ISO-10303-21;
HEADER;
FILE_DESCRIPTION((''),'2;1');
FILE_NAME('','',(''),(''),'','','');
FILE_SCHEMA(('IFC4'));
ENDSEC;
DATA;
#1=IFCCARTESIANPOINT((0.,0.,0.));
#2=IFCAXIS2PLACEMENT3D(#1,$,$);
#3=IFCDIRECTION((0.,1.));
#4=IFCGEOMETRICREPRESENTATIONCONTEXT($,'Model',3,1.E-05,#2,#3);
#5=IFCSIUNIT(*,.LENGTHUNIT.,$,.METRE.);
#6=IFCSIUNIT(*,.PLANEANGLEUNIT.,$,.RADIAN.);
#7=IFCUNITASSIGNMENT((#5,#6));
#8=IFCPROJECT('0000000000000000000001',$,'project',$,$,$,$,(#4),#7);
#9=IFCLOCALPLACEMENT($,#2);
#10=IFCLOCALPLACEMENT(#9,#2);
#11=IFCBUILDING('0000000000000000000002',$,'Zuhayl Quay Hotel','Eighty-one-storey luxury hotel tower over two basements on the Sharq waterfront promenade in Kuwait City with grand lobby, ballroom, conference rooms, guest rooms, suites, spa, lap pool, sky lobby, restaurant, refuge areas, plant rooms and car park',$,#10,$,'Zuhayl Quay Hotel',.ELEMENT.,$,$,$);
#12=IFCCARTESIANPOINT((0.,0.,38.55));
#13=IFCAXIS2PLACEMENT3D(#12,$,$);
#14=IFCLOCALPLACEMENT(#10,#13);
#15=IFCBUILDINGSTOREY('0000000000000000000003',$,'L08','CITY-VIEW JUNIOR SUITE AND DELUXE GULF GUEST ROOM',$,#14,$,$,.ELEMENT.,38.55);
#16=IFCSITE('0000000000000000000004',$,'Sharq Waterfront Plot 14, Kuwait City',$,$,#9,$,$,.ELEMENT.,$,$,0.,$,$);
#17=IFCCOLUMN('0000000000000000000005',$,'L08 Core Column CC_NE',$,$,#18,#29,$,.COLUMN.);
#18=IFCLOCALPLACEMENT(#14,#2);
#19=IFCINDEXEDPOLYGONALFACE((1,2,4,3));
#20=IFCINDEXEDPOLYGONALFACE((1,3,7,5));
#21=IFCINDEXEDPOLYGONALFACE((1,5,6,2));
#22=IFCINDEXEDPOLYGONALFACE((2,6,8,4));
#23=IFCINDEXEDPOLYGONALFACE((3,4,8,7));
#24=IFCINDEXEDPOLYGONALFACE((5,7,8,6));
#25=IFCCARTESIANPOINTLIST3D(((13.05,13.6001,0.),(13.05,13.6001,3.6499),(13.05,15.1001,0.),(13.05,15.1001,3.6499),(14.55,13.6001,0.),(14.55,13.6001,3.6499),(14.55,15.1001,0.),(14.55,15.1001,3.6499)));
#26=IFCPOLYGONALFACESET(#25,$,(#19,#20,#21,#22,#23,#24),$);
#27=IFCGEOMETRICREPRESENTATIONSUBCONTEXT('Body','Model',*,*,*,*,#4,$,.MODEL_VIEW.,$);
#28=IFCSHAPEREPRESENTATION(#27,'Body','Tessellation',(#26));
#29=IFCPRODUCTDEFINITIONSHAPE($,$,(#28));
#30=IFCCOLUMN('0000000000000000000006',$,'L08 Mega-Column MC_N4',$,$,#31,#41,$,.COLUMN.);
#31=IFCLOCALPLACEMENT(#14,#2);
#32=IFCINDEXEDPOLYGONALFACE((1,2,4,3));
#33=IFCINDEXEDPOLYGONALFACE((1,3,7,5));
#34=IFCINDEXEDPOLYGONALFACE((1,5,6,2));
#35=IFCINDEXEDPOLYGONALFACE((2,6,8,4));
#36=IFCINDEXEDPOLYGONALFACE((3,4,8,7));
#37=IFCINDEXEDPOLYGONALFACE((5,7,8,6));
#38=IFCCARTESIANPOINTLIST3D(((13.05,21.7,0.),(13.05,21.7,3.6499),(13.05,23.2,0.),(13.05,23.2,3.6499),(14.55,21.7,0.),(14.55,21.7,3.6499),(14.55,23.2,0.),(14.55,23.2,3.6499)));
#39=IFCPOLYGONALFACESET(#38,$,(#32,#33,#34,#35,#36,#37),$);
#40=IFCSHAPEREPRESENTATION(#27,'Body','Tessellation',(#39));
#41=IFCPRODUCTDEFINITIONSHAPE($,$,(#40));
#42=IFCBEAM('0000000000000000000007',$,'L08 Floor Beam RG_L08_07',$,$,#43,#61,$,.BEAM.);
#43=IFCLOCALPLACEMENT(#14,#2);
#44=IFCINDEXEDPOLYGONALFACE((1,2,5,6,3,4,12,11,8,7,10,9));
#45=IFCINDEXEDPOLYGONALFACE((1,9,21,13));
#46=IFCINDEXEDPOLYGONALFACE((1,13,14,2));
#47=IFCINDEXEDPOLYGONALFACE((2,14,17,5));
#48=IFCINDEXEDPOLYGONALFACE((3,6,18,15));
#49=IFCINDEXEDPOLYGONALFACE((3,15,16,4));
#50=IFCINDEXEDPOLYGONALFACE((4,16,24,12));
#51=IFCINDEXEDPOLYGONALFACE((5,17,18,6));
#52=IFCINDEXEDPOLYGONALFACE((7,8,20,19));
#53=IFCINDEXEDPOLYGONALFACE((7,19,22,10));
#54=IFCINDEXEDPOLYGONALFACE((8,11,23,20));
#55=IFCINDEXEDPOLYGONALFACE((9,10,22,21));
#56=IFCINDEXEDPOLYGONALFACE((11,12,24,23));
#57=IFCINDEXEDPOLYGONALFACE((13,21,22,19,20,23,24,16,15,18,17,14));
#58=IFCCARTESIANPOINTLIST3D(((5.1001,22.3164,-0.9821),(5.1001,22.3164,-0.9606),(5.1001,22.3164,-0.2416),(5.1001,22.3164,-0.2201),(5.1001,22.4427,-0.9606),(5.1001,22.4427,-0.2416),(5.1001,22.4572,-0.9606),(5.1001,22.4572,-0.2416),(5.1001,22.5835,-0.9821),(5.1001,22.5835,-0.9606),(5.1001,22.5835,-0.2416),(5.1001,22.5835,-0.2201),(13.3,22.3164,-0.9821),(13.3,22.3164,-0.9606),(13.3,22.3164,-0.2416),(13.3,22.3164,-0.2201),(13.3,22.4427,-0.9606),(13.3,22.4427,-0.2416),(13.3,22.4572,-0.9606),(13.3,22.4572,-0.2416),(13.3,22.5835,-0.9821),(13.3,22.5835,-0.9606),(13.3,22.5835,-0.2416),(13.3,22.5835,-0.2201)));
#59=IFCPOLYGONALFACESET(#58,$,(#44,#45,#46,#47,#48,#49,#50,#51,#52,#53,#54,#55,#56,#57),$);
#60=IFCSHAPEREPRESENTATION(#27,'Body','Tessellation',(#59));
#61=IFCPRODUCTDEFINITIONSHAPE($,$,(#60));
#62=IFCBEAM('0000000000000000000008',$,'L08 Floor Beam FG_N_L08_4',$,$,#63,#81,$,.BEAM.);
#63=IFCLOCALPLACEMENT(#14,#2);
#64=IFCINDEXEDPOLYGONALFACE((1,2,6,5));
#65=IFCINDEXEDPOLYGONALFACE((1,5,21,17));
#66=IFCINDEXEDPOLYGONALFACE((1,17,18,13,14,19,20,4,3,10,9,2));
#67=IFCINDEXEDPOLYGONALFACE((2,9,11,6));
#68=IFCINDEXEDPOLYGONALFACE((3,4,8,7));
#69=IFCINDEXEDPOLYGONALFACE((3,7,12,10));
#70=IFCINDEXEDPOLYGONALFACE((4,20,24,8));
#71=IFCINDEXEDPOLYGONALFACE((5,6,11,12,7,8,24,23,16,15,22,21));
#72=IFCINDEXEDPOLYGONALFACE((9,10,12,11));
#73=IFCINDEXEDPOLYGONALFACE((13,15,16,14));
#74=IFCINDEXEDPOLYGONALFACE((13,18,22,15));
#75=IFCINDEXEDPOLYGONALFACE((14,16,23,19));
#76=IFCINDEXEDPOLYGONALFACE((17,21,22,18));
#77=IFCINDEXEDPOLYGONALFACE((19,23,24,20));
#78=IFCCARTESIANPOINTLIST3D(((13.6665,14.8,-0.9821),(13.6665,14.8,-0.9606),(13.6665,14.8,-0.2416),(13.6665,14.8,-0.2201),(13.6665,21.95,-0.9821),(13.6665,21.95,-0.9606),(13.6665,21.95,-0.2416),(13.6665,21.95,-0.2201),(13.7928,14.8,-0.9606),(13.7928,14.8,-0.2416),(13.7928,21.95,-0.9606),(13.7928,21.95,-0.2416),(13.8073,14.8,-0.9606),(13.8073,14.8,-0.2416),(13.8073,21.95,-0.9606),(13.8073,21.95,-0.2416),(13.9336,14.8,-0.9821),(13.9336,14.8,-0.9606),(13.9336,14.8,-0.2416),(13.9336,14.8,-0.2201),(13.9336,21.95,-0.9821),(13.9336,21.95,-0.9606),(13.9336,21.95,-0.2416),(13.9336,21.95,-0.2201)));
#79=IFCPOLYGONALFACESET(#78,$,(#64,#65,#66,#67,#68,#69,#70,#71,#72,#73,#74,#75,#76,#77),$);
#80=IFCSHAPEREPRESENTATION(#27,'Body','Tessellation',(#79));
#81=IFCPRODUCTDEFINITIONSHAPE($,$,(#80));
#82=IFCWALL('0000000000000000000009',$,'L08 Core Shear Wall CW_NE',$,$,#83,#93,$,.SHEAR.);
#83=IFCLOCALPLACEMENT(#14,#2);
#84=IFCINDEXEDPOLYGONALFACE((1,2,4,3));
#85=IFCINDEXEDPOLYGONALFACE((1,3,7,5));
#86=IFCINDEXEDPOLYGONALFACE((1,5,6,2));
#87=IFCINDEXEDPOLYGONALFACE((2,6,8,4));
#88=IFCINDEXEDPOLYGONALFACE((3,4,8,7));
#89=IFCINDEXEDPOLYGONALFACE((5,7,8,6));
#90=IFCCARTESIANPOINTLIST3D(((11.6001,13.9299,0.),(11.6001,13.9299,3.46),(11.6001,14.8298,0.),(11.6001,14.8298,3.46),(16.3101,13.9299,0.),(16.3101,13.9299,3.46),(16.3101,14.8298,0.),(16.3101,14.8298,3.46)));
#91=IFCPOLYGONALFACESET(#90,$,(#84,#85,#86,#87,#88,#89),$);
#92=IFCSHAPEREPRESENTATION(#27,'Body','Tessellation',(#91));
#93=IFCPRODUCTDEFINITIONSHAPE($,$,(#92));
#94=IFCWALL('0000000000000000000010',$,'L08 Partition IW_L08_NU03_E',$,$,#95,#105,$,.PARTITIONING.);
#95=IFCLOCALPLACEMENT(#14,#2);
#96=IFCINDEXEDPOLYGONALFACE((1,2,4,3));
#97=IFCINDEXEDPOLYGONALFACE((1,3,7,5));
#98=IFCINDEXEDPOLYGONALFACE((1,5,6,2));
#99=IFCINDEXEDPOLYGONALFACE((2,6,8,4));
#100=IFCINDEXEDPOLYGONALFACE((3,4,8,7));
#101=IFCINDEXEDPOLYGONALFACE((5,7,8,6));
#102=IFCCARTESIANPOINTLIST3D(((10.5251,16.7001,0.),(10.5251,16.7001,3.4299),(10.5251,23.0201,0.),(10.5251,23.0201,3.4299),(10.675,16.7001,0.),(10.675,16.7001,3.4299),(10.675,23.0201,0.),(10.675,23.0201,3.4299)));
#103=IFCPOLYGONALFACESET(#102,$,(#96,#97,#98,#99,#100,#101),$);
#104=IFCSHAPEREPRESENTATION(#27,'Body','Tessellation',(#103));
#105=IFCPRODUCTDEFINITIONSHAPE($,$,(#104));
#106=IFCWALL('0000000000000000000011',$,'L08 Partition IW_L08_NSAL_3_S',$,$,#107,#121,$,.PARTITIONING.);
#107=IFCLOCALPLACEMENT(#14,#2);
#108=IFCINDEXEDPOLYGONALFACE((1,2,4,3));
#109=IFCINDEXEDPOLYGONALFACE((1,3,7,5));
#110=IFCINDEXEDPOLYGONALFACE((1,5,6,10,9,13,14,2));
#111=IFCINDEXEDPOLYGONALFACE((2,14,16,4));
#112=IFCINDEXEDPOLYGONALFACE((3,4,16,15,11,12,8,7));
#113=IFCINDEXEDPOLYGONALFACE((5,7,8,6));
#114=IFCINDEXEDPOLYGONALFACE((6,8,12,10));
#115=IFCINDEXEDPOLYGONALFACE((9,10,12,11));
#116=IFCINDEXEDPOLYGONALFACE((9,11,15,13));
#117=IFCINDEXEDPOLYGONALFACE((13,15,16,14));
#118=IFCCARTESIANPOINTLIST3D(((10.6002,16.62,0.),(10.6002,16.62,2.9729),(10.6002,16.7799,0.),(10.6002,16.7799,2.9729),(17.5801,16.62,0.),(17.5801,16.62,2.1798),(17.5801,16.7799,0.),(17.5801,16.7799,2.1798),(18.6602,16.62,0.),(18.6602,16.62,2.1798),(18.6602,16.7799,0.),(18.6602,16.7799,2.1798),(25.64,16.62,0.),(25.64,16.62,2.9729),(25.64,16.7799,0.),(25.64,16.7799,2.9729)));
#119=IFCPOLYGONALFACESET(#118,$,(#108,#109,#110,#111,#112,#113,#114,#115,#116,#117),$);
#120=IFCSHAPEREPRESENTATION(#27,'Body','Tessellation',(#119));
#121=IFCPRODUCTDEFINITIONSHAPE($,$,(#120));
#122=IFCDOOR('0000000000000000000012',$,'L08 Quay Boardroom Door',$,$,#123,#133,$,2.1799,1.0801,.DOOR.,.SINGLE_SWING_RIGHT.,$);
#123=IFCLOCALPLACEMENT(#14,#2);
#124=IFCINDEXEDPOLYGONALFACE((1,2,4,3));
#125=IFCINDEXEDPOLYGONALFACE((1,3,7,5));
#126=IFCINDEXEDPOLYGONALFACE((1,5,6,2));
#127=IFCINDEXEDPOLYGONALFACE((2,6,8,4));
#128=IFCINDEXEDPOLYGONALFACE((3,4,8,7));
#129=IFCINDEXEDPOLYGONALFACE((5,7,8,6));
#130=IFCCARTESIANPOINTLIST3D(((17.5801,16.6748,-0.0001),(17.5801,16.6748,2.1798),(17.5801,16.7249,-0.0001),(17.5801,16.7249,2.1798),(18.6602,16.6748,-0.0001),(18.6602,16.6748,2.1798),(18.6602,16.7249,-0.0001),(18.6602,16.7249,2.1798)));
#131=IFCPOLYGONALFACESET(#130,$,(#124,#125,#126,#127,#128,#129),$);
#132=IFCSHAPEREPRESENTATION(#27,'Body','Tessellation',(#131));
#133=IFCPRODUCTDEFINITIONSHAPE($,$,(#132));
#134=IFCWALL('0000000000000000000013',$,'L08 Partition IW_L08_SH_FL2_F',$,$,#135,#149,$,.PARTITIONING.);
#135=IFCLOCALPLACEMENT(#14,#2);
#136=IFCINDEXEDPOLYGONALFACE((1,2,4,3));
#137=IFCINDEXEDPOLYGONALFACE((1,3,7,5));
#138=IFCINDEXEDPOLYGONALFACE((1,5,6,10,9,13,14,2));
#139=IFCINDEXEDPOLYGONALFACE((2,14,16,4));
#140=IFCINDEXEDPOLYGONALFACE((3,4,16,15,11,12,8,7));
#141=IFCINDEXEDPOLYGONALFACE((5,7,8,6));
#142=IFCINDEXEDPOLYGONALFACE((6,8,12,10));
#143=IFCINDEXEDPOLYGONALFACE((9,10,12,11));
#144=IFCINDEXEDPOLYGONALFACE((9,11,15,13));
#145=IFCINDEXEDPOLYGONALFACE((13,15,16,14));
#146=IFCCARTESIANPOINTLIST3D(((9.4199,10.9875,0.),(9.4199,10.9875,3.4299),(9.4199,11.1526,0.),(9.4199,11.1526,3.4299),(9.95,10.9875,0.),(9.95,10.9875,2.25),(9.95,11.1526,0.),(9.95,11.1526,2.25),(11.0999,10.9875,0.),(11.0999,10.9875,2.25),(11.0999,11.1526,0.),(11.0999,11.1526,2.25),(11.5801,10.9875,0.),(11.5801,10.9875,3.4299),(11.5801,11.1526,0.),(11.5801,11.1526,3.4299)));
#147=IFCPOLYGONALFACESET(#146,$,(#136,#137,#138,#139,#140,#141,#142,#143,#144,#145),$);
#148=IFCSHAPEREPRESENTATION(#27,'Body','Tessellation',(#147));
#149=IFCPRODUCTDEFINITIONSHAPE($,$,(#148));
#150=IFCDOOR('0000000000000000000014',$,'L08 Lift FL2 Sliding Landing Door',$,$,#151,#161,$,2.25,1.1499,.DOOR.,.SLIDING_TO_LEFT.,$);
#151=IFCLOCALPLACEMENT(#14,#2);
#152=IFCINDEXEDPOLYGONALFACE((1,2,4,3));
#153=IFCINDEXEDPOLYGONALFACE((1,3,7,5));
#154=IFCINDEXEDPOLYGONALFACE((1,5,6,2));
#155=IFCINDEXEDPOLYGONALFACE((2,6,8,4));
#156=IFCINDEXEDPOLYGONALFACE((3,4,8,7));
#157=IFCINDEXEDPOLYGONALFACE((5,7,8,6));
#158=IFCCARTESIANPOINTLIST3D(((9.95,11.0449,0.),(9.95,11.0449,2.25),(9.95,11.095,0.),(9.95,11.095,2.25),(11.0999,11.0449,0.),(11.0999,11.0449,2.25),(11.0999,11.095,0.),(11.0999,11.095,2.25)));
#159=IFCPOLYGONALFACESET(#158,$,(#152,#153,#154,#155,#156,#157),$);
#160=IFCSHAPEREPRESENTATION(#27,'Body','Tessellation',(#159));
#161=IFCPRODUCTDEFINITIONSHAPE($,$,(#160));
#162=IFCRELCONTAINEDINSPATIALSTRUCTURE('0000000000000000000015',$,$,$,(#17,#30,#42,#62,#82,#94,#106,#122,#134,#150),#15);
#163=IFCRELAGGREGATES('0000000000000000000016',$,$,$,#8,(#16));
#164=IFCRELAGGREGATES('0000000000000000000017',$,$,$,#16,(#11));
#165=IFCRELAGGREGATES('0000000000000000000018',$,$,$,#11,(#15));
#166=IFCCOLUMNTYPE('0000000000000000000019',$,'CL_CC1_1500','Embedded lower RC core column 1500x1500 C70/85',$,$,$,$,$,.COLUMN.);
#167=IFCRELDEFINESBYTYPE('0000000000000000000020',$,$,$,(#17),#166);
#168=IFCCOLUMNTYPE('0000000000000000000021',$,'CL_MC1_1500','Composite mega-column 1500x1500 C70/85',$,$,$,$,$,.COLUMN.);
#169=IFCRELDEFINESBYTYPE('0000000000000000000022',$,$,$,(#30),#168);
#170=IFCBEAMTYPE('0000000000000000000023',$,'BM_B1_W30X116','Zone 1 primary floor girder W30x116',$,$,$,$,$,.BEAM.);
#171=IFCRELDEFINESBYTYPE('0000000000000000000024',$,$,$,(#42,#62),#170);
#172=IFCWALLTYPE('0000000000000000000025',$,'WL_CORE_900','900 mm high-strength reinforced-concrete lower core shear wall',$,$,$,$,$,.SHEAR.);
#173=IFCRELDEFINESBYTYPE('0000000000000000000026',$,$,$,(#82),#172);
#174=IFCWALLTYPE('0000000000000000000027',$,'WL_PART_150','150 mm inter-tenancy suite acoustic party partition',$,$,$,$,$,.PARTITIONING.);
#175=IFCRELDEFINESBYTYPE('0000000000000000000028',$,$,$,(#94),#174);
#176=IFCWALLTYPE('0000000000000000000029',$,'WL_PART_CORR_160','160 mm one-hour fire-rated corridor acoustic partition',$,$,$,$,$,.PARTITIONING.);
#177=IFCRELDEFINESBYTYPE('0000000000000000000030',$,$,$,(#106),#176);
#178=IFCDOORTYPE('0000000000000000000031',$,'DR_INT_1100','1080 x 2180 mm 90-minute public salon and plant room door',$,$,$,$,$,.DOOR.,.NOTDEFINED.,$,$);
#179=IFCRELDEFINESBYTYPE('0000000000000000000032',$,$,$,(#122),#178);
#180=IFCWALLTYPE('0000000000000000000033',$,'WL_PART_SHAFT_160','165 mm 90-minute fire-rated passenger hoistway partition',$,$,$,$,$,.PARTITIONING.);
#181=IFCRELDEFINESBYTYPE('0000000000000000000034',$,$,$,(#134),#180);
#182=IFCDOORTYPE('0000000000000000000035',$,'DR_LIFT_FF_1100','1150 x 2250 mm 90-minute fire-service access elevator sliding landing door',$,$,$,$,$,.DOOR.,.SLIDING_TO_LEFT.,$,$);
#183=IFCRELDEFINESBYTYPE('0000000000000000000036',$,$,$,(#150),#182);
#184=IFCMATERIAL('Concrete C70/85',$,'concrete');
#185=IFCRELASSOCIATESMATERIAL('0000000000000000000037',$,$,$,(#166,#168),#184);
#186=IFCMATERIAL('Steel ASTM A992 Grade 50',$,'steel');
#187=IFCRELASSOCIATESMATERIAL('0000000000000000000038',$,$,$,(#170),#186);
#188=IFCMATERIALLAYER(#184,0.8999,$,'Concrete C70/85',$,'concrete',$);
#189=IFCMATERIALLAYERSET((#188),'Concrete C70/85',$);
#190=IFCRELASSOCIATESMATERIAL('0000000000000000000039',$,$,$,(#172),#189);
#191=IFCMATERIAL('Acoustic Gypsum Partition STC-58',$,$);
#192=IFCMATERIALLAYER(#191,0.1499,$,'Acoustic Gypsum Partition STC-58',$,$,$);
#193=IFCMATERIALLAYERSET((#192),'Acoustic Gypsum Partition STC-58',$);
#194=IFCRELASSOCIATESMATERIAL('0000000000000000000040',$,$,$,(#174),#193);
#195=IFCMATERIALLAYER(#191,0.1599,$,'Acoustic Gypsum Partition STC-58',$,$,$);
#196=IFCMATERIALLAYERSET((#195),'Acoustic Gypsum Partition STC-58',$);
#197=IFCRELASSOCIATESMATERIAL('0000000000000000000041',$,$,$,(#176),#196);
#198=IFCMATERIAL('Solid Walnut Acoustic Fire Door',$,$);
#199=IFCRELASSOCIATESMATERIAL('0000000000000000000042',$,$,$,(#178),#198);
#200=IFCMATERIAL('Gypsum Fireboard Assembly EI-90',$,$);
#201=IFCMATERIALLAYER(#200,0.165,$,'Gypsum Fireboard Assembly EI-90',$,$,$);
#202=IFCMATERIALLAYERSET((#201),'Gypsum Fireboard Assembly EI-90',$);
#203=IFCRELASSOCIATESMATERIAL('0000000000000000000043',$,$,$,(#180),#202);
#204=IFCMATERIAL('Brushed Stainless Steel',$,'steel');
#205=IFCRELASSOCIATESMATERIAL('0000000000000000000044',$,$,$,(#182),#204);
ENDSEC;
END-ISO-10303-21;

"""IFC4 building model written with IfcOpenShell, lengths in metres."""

from ifc_helpers import new_model, si_unit, direction, frame, frame_2d, origin, origin_2d, place, context, subcontext, project, spatial, rectangle, i_section, extrude, material, layer, layer_set, material_profile, profile_set, type_object, element, fill, save


model = new_model("IFC4")

# Units and contexts
model_context = context("Model", 3, precision=1e-05, world=origin(), true_north=direction((0.0, 1.0)))
body_context = subcontext(model_context, "Body", "Model", "MODEL_VIEW")
ifc_project = project(units=[si_unit("LENGTHUNIT", "METRE"), si_unit("PLANEANGLEUNIT", "RADIAN")], contexts=[model_context])

# Site, building, storey
site_placement = place(None, origin())
site = spatial("IfcSite", under=ifc_project, at=site_placement, Name="Sharq Waterfront Plot 14, Kuwait City", CompositionType="ELEMENT", RefElevation=0.0)
building_placement = place(site_placement, origin())
building = spatial("IfcBuilding", under=site, at=building_placement, Name="Zuhayl Quay Hotel", Description="Eighty-one-storey luxury hotel tower over two basements on the Sharq waterfront promenade in Kuwait City with grand lobby, ballroom, conference rooms, guest rooms, suites, spa, lap pool, sky lobby, restaurant, refuge areas, plant rooms and car park", LongName="Zuhayl Quay Hotel", CompositionType="ELEMENT")
storey_placement = place(building_placement, frame((0.0, 0.0, 38.55)))
storey = spatial("IfcBuildingStorey", under=building, at=storey_placement, Name="L08", Description="CITY-VIEW JUNIOR SUITE AND DELUXE GULF GUEST ROOM", CompositionType="ELEMENT", Elevation=38.55)

# Columns
ifc_material_1 = material(Name="Concrete C70/85", Category="concrete")
ifc_material_profile_1 = material_profile(ifc_material_1, rectangle(XDim=1.5, YDim=1.5, at=origin_2d()), Name="RC1500X1500")
ifc_profile_set_1 = profile_set([ifc_material_profile_1], Name="Concrete C70/85")
column_type_1 = type_object("IfcColumnType", Name="CL_CC1_1500", Description="Embedded lower RC core column 1500x1500 C70/85", PredefinedType="COLUMN", material=ifc_profile_set_1)
column_1_placement = place(storey_placement, frame((13.8, 14.3501, 0.0), z_axis=(0.0, 0.0, 1.0), x_axis=(1.0, 0.0, 0.0)))
element("IfcColumn", 1, at=column_1_placement, inside=storey, type_object=column_type_1, Name="L08 Core Column CC_NE", PredefinedType="COLUMN", context=body_context, shape_type="SweptSolid", body=[
    extrude(rectangle(XDim=1.5, YDim=1.5, at=origin_2d()), origin(), (0.0, 0.0, 1.0), 3.6499),
])
ifc_material_profile_2 = material_profile(ifc_material_1, rectangle(XDim=1.5, YDim=1.5, at=origin_2d()), Name="RC1500X1500")
ifc_profile_set_2 = profile_set([ifc_material_profile_2], Name="Concrete C70/85")
column_type_2 = type_object("IfcColumnType", Name="CL_MC1_1500", Description="Composite mega-column 1500x1500 C70/85", PredefinedType="COLUMN", material=ifc_profile_set_2)
column_2_placement = place(storey_placement, frame((13.8, 22.45, 0.0), z_axis=(0.0, 0.0, 1.0), x_axis=(1.0, 0.0, 0.0)))
element("IfcColumn", 2, at=column_2_placement, inside=storey, type_object=column_type_2, Name="L08 Mega-Column MC_N4", PredefinedType="COLUMN", context=body_context, shape_type="SweptSolid", body=[
    extrude(rectangle(XDim=1.5, YDim=1.5, at=origin_2d()), origin(), (0.0, 0.0, 1.0), 3.6499),
])

# Beams
ifc_material_2 = material(Name="Steel ASTM A992 Grade 50", Category="steel")
ifc_material_profile_3 = material_profile(ifc_material_2, i_section(OverallWidth=0.2671, OverallDepth=0.762, WebThickness=0.0144, FlangeThickness=0.0215, at=origin_2d()), Name="W30X116")
ifc_profile_set_3 = profile_set([ifc_material_profile_3], Name="Steel ASTM A992 Grade 50")
beam_type = type_object("IfcBeamType", Name="BM_B1_W30X116", Description="Zone 1 primary floor girder W30x116", PredefinedType="BEAM", material=ifc_profile_set_3)
beam_1_placement = place(storey_placement, frame((13.3, 22.45, -0.6011), z_axis=(-1.0, 0.0, 0.0), x_axis=(0.0, -1.0, 0.0)))
element("IfcBeam", 3, at=beam_1_placement, inside=storey, type_object=beam_type, Name="L08 Floor Beam RG_L08_07", PredefinedType="BEAM", context=body_context, shape_type="SweptSolid", body=[
    extrude(i_section(OverallWidth=0.2671, OverallDepth=0.762, WebThickness=0.0144, FlangeThickness=0.0215, at=origin_2d()), origin(), (0.0, 0.0, 1.0), 8.2),
])
beam_2_placement = place(storey_placement, frame((13.8, 14.8, -0.6011), z_axis=(0.0, 1.0, 0.0), x_axis=(-1.0, 0.0, 0.0)))
element("IfcBeam", 4, at=beam_2_placement, inside=storey, type_object=beam_type, Name="L08 Floor Beam FG_N_L08_4", PredefinedType="BEAM", context=body_context, shape_type="SweptSolid", body=[
    extrude(i_section(OverallWidth=0.2671, OverallDepth=0.762, WebThickness=0.0144, FlangeThickness=0.0215, at=origin_2d()), origin(), (0.0, 0.0, 1.0), 7.1499),
])

# Walls
ifc_layer_1 = layer(ifc_material_1, 0.8999, Name="Concrete C70/85", Category="concrete")
ifc_layer_set_1 = layer_set([ifc_layer_1], Name="Concrete C70/85")
wall_type_1 = type_object("IfcWallType", Name="WL_CORE_900", Description="900 mm high-strength reinforced-concrete lower core shear wall", PredefinedType="SHEAR", material=ifc_layer_set_1)
wall_1_placement = place(storey_placement, frame((11.6001, 14.3799, 0.0), z_axis=(0.0, 0.0, 1.0), x_axis=(1.0, 0.0, 0.0)))
element("IfcWall", 5, at=wall_1_placement, inside=storey, type_object=wall_type_1, Name="L08 Core Shear Wall CW_NE", PredefinedType="SHEAR", context=body_context, shape_type="SweptSolid", body=[
    extrude(rectangle(XDim=4.71, YDim=0.8999, at=frame_2d((2.355, 0.0))), origin(), (0.0, 0.0, 1.0), 3.46),
])
ifc_material_3 = material(Name="Acoustic Gypsum Partition STC-58")
ifc_layer_2 = layer(ifc_material_3, 0.1499, Name="Acoustic Gypsum Partition STC-58")
ifc_layer_set_2 = layer_set([ifc_layer_2], Name="Acoustic Gypsum Partition STC-58")
wall_type_2 = type_object("IfcWallType", Name="WL_PART_150", Description="150 mm inter-tenancy suite acoustic party partition", PredefinedType="PARTITIONING", material=ifc_layer_set_2)
wall_2_placement = place(storey_placement, frame((10.6001, 16.7, 0.0), z_axis=(0.0, 0.0, 1.0), x_axis=(0.0, 1.0, 0.0)))
element("IfcWall", 6, at=wall_2_placement, inside=storey, type_object=wall_type_2, Name="L08 Partition IW_L08_NU03_E", PredefinedType="PARTITIONING", context=body_context, shape_type="SweptSolid", body=[
    extrude(rectangle(XDim=6.3201, YDim=0.1499, at=frame_2d((3.1602, 0.0))), origin(), (0.0, 0.0, 1.0), 3.4299),
])

# Walls, openings, doors
ifc_layer_3 = layer(ifc_material_3, 0.1599, Name="Acoustic Gypsum Partition STC-58")
ifc_layer_set_3 = layer_set([ifc_layer_3], Name="Acoustic Gypsum Partition STC-58")
wall_type_3 = type_object("IfcWallType", Name="WL_PART_CORR_160", Description="160 mm one-hour fire-rated corridor acoustic partition", PredefinedType="PARTITIONING", material=ifc_layer_set_3)
wall_3_placement = place(storey_placement, frame((10.6001, 16.7, 0.0), z_axis=(0.0, 0.0, 1.0), x_axis=(1.0, 0.0, 0.0)))
wall_3 = element("IfcWall", 7, at=wall_3_placement, inside=storey, type_object=wall_type_3, Name="L08 Partition IW_L08_NSAL_3_S", PredefinedType="PARTITIONING", context=body_context, shape_type="SweptSolid", body=[
    extrude(rectangle(XDim=15.0398, YDim=0.1599, at=frame_2d((7.52, 0.0))), origin(), (0.0, 0.0, 1.0), 2.9729),
])
opening_1_placement = place(wall_3_placement, frame((6.98, 0.0, 0.0)))
opening_1 = element("IfcOpeningElement", 8, at=opening_1_placement, cuts=wall_3, PredefinedType="OPENING", context=body_context, shape_type="SweptSolid", body=[
    extrude(rectangle(XDim=1.0801, YDim=2.1799, at=frame_2d((0.54, 1.0898))), frame((0.0, 0.0898, 0.0), z_axis=(0.0, -1.0, 0.0), x_axis=(1.0, 0.0, 0.0)), (0.0, 0.0, 1.0), 0.1799),
])
ifc_material_4 = material(Name="Solid Walnut Acoustic Fire Door")
door_type_1 = type_object("IfcDoorType", Name="DR_INT_1100", Description="1080 x 2180 mm 90-minute public salon and plant room door", OperationType="NOTDEFINED", PredefinedType="DOOR", material=ifc_material_4)
door_1_placement = place(opening_1_placement, origin())
door_1 = element("IfcDoor", 9, at=door_1_placement, inside=storey, type_object=door_type_1, Name="L08 Quay Boardroom Door", OperationType="SINGLE_SWING_RIGHT", OverallHeight=2.1799, OverallWidth=1.0801, PredefinedType="DOOR", context=body_context, shape_type="SweptSolid", body=[
    extrude(rectangle(XDim=1.0801, YDim=2.1799, at=frame_2d((0.54, 1.0898))), frame((0.0, 0.0249, 0.0), z_axis=(0.0, -1.0, 0.0), x_axis=(1.0, 0.0, 0.0)), (0.0, 0.0, 1.0), 0.05),
])
fill(opening_1, door_1)
ifc_material_5 = material(Name="Gypsum Fireboard Assembly EI-90")
ifc_layer_4 = layer(ifc_material_5, 0.165, Name="Gypsum Fireboard Assembly EI-90")
ifc_layer_set_4 = layer_set([ifc_layer_4], Name="Gypsum Fireboard Assembly EI-90")
wall_type_4 = type_object("IfcWallType", Name="WL_PART_SHAFT_160", Description="165 mm 90-minute fire-rated passenger hoistway partition", PredefinedType="PARTITIONING", material=ifc_layer_set_4)
wall_4_placement = place(storey_placement, frame((9.4199, 11.0701, 0.0), z_axis=(0.0, 0.0, 1.0), x_axis=(1.0, 0.0, 0.0)))
wall_4 = element("IfcWall", 10, at=wall_4_placement, inside=storey, type_object=wall_type_4, Name="L08 Partition IW_L08_SH_FL2_F", PredefinedType="PARTITIONING", context=body_context, shape_type="SweptSolid", body=[
    extrude(rectangle(XDim=2.1602, YDim=0.165, at=frame_2d((1.0801, 0.0))), origin(), (0.0, 0.0, 1.0), 3.4299),
])
opening_2_placement = place(wall_4_placement, frame((0.53, 0.0, 0.0)))
opening_2 = element("IfcOpeningElement", 11, at=opening_2_placement, cuts=wall_4, PredefinedType="OPENING", context=body_context, shape_type="SweptSolid", body=[
    extrude(rectangle(XDim=1.1499, YDim=2.25, at=frame_2d((0.575, 1.125))), frame((0.0, 0.0925, 0.0), z_axis=(0.0, -1.0, 0.0), x_axis=(1.0, 0.0, 0.0)), (0.0, 0.0, 1.0), 0.1851),
])
ifc_material_6 = material(Name="Brushed Stainless Steel", Category="steel")
door_type_2 = type_object("IfcDoorType", Name="DR_LIFT_FF_1100", Description="1150 x 2250 mm 90-minute fire-service access elevator sliding landing door", OperationType="SLIDING_TO_LEFT", PredefinedType="DOOR", material=ifc_material_6)
door_2_placement = place(opening_2_placement, origin())
door_2 = element("IfcDoor", 12, at=door_2_placement, inside=storey, type_object=door_type_2, Name="L08 Lift FL2 Sliding Landing Door", OperationType="SLIDING_TO_LEFT", OverallHeight=2.25, OverallWidth=1.1499, PredefinedType="DOOR", context=body_context, shape_type="SweptSolid", body=[
    extrude(rectangle(XDim=1.1499, YDim=2.25, at=frame_2d((0.575, 1.125))), frame((0.0, 0.0249, 0.0), z_axis=(0.0, -1.0, 0.0), x_axis=(1.0, 0.0, 0.0)), (0.0, 0.0, 1.0), 0.05),
])
fill(opening_2, door_2)

save(model, "model.ifc")
